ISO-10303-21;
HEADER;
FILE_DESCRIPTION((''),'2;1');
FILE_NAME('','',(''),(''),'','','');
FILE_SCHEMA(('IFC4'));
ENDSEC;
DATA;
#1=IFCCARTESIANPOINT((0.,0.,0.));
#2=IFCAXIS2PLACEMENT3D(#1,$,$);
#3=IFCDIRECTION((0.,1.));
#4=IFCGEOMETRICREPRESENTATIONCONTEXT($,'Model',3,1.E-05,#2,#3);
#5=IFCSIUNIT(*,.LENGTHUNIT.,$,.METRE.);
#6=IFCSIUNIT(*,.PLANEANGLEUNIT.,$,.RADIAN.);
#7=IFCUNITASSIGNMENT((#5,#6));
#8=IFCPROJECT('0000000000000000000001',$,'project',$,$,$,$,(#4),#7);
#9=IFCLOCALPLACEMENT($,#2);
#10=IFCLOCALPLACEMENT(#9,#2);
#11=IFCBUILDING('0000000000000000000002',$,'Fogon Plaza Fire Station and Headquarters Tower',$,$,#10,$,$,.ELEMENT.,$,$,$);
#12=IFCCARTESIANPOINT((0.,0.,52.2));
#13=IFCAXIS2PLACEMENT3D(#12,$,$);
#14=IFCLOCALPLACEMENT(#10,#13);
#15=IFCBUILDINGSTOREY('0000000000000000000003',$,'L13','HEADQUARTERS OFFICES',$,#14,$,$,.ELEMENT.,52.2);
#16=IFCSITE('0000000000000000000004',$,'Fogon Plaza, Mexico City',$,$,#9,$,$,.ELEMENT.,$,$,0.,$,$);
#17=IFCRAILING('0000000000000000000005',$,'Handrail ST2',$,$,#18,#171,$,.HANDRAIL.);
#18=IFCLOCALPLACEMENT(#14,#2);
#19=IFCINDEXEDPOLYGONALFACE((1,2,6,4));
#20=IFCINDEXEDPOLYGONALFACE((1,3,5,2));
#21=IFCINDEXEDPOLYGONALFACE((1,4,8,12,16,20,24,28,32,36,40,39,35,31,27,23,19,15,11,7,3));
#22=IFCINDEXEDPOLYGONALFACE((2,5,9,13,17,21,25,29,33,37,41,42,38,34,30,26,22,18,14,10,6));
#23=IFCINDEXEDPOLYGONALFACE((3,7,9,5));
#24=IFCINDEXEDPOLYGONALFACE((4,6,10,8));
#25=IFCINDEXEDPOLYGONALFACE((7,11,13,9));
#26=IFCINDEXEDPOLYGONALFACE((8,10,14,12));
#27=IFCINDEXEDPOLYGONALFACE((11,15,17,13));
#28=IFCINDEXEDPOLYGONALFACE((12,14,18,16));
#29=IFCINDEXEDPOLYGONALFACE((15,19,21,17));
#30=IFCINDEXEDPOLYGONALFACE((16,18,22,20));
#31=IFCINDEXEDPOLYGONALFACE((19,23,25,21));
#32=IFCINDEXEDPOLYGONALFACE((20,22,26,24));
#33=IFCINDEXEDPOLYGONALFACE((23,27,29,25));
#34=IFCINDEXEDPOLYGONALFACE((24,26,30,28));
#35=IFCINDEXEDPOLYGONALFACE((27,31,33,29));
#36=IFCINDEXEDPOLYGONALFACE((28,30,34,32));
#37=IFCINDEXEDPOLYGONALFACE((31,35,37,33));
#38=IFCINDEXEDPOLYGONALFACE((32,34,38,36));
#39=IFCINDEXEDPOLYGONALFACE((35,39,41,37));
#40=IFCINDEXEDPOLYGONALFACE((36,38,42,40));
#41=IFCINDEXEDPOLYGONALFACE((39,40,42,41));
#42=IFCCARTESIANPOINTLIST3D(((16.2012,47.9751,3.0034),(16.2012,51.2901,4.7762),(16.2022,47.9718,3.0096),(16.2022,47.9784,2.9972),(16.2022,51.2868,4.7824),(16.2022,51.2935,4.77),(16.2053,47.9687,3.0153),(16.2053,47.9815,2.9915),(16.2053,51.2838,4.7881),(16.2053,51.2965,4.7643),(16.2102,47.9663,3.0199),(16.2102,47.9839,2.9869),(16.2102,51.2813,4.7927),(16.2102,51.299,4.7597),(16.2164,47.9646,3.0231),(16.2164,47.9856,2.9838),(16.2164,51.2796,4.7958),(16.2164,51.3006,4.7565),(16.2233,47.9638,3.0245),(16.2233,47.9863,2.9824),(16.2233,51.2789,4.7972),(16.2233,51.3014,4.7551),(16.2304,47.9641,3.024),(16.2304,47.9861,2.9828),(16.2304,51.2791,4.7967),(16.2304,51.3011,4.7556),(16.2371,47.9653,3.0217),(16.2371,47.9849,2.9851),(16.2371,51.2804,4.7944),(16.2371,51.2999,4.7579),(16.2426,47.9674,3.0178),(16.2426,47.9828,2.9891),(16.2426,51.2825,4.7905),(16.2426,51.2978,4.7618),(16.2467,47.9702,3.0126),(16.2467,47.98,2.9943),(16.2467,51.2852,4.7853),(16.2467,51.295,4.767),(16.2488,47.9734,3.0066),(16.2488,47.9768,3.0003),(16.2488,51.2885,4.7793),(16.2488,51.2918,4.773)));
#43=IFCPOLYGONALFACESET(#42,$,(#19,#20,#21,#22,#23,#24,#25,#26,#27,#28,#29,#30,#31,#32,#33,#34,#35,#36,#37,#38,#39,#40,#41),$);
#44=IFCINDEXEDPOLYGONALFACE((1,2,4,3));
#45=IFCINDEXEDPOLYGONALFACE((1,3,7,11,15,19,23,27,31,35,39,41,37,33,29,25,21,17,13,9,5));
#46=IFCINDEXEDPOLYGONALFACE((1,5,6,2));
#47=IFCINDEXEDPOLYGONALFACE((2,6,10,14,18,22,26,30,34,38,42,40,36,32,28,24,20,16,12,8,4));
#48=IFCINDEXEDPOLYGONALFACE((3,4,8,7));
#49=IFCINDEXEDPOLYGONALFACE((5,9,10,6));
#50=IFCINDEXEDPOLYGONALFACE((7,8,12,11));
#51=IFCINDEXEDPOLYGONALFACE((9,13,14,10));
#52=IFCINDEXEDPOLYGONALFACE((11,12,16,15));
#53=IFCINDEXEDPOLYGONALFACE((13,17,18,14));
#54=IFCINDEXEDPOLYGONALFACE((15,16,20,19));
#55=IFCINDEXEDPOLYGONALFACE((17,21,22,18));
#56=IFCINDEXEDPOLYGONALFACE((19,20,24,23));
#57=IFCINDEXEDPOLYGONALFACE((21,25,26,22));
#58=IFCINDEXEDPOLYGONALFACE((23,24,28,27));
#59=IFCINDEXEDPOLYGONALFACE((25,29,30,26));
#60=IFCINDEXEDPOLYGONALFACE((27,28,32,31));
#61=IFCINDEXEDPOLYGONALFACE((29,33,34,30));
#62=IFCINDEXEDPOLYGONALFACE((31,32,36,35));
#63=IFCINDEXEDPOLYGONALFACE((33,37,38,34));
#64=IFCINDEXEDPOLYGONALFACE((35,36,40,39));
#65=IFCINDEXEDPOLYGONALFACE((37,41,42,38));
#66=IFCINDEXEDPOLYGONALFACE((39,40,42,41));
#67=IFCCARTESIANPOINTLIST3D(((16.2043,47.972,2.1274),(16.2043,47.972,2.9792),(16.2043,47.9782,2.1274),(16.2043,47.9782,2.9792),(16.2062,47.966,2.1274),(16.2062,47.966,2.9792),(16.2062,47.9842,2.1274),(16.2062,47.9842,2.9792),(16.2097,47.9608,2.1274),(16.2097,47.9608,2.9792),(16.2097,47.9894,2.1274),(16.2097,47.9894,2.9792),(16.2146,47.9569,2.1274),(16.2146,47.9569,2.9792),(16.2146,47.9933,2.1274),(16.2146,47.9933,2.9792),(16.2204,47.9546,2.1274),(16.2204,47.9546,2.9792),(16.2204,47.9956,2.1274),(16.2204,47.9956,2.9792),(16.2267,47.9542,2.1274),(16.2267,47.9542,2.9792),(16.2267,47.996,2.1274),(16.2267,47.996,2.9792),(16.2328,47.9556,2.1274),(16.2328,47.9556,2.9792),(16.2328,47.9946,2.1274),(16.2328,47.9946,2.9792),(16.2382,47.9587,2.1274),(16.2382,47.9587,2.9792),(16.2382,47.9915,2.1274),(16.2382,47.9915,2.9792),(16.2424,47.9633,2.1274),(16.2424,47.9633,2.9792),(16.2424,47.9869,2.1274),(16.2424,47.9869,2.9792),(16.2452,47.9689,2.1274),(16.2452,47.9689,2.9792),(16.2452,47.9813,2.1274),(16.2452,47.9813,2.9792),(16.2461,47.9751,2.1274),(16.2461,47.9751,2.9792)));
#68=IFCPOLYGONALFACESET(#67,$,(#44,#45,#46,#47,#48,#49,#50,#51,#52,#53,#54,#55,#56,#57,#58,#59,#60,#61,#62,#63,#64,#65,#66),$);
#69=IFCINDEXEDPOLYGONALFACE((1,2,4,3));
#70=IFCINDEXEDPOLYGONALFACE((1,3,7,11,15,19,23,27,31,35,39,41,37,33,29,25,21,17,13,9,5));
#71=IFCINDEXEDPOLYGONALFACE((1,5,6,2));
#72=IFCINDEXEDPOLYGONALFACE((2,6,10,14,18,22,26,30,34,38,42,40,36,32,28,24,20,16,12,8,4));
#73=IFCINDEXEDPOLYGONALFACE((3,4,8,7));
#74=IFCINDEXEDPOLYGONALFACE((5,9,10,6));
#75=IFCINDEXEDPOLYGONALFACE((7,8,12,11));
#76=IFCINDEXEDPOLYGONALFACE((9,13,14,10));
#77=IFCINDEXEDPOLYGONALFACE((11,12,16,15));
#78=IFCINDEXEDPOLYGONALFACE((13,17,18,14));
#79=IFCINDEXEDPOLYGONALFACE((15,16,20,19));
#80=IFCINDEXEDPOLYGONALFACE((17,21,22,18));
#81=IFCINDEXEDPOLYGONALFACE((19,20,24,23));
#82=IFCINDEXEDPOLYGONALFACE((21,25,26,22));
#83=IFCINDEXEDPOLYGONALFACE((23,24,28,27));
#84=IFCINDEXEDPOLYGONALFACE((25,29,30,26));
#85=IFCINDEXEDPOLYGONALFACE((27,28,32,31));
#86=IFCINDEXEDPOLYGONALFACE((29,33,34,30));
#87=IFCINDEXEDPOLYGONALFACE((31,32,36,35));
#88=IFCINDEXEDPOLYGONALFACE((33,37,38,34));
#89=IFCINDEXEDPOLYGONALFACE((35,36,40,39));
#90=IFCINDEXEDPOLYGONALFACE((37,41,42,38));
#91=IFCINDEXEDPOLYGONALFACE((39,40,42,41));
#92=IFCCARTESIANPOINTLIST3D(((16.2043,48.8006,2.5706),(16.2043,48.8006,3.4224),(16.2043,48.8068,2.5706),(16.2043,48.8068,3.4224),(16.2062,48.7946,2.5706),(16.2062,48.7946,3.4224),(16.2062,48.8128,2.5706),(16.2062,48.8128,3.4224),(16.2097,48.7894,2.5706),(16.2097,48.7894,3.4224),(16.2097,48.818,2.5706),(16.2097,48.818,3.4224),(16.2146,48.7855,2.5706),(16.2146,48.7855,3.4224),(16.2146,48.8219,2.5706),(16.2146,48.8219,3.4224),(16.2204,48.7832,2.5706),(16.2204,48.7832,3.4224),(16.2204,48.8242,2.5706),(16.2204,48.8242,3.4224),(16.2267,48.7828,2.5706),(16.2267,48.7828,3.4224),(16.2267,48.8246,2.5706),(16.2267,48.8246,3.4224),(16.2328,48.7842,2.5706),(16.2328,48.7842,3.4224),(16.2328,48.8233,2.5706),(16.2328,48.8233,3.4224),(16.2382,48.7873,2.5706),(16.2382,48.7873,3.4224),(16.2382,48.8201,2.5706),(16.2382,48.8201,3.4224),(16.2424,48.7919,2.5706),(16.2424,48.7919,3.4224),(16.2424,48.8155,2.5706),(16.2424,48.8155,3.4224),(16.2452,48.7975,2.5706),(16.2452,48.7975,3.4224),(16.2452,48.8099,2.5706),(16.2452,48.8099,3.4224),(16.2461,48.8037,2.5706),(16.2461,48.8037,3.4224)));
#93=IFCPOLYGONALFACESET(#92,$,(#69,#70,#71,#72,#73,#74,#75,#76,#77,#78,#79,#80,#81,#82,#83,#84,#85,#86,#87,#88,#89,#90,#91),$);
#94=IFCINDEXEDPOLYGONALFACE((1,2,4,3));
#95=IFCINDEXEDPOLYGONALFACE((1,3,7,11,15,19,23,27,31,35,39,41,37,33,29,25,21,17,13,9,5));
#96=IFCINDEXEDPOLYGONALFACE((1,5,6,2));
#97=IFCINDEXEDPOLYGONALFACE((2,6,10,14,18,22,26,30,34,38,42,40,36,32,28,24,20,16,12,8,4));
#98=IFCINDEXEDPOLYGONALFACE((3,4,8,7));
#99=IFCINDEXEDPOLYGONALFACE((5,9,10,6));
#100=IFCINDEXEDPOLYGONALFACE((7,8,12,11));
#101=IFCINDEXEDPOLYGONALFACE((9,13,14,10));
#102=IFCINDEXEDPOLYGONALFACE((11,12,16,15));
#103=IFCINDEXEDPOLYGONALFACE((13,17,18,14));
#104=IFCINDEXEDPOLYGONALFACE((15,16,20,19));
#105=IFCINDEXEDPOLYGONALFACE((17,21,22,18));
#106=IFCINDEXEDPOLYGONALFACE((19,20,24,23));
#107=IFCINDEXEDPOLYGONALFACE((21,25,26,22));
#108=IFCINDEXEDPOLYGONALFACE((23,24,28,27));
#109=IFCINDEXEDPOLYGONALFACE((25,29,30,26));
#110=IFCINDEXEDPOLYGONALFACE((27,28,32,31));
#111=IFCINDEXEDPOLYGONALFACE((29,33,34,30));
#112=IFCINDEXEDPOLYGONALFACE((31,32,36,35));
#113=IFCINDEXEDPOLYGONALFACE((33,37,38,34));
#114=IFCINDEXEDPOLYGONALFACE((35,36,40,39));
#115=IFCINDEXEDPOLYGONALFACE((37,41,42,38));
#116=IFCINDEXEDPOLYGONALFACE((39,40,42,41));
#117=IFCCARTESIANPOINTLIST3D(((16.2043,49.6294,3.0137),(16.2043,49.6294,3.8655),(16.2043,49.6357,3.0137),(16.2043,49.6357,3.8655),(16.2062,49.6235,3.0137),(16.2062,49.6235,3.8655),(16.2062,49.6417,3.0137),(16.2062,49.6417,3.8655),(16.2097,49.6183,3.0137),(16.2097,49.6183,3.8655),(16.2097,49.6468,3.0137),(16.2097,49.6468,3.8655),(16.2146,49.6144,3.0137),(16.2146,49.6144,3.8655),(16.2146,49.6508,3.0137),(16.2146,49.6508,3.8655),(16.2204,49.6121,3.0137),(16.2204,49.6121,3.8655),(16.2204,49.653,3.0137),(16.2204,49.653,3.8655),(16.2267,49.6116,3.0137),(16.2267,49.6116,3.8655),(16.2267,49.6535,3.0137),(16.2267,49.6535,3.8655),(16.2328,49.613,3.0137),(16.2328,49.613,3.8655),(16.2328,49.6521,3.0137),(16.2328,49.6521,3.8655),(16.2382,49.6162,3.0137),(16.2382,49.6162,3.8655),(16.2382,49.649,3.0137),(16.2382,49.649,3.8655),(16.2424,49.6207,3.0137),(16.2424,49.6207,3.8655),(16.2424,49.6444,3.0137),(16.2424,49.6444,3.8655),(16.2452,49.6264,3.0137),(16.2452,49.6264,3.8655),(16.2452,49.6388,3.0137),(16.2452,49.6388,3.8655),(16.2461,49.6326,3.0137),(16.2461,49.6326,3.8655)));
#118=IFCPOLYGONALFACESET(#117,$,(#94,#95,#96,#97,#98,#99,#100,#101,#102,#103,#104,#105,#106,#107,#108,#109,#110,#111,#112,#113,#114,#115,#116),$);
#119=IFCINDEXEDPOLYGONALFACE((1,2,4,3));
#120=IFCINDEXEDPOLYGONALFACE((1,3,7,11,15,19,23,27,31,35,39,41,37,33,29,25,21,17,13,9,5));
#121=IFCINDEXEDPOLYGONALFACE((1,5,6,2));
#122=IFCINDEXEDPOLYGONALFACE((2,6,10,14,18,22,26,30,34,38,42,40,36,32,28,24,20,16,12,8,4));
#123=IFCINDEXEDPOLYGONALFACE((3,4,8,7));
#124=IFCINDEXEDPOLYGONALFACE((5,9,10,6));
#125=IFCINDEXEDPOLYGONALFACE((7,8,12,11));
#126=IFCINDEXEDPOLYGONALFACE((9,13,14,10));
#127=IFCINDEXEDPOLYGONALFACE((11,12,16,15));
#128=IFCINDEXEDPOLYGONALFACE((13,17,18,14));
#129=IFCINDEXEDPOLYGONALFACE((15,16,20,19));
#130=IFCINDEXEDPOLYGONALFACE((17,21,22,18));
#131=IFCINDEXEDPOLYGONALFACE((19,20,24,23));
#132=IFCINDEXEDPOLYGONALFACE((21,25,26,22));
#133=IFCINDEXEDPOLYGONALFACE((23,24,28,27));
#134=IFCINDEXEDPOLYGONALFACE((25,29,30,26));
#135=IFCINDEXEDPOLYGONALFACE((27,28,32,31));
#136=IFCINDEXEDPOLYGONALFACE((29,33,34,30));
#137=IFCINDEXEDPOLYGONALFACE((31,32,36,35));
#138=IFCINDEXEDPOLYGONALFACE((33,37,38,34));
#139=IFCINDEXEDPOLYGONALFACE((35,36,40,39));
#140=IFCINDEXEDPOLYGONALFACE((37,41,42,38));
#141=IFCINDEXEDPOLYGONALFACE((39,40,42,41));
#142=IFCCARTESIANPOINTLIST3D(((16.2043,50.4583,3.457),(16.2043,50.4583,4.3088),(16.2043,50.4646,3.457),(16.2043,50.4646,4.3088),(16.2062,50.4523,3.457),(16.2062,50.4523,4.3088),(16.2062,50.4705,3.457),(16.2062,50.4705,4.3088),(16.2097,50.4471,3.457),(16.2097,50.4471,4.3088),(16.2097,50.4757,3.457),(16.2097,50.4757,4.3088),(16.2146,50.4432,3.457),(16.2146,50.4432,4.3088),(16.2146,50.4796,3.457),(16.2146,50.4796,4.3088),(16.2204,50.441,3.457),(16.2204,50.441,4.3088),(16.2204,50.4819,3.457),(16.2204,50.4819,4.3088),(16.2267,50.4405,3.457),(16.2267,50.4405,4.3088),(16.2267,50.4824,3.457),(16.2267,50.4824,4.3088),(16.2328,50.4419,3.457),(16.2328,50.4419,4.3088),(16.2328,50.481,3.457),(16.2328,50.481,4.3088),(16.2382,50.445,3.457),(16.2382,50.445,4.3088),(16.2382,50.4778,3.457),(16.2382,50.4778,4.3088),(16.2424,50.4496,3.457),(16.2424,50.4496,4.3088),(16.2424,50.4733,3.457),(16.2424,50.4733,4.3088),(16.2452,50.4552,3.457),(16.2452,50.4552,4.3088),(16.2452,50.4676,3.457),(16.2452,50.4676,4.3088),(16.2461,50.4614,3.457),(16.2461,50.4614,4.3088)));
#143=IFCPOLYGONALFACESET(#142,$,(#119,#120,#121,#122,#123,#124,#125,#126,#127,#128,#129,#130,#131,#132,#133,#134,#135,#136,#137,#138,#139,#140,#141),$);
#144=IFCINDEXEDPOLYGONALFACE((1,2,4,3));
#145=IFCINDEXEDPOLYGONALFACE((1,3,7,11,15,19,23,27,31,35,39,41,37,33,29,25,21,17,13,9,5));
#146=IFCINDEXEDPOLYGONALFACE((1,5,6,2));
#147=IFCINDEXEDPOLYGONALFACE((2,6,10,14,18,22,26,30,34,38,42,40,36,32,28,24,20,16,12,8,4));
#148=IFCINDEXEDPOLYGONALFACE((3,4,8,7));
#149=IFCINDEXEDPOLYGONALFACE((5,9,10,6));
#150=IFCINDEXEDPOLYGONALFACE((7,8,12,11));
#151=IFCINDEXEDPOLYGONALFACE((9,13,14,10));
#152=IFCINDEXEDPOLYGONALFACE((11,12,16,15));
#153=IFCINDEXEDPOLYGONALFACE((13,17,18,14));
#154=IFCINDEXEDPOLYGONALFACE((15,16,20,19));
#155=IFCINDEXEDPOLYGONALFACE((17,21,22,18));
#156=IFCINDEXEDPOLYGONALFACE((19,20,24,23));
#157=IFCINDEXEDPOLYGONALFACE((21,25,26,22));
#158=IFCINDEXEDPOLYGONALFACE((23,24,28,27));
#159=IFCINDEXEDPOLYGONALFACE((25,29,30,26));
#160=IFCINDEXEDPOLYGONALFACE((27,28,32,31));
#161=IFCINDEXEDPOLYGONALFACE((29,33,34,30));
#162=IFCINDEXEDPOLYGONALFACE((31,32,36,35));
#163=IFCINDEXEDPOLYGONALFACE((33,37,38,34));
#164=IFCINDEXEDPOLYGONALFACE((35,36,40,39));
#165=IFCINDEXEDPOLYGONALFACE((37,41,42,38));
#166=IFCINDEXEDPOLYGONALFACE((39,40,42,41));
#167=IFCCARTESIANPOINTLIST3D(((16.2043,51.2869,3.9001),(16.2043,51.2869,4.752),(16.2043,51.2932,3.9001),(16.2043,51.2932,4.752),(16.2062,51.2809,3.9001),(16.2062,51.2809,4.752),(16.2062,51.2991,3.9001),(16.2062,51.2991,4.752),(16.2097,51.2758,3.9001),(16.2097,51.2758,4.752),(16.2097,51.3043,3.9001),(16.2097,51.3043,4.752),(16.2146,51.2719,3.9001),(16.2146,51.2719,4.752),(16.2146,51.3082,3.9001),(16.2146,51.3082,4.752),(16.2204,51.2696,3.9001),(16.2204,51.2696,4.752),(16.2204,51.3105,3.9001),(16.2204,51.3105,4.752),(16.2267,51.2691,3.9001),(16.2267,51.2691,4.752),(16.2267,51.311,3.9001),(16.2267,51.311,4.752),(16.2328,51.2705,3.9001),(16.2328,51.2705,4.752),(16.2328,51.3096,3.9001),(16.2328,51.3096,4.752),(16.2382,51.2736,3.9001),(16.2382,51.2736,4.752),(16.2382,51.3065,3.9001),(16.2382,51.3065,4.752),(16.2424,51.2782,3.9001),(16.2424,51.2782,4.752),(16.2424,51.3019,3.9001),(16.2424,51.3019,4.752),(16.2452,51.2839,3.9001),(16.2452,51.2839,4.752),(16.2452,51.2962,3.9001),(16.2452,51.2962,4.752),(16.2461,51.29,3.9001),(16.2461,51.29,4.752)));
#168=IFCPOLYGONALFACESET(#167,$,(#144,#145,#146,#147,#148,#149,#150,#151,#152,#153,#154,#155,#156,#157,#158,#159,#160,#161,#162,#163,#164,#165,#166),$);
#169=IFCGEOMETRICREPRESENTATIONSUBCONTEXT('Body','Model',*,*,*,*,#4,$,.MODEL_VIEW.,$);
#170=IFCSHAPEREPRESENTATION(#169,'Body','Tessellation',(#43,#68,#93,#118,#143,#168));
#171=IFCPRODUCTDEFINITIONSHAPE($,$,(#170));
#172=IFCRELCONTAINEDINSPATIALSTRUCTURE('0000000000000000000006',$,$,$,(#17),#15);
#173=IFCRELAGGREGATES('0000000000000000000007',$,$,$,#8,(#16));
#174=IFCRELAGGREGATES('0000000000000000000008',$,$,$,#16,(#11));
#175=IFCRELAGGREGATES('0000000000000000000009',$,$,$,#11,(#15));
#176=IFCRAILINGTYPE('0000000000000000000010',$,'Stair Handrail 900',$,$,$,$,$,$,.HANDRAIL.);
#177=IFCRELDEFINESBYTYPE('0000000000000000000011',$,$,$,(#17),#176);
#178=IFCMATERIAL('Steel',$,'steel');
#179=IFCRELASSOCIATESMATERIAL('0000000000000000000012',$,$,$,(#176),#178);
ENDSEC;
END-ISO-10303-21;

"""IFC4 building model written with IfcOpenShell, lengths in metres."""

from ifc_helpers import new_model, si_unit, direction, frame, origin, origin_2d, place, context, subcontext, project, spatial, circle, extrude, material, type_object, element, save


model = new_model("IFC4")

# Units and contexts
model_context = context("Model", 3, precision=1e-05, world=origin(), true_north=direction((0.0, 1.0)))
body_context = subcontext(model_context, "Body", "Model", "MODEL_VIEW")
ifc_project = project(units=[si_unit("LENGTHUNIT", "METRE"), si_unit("PLANEANGLEUNIT", "RADIAN")], contexts=[model_context])

# Site, building, storey
site_placement = place(None, origin())
site = spatial("IfcSite", under=ifc_project, at=site_placement, Name="Fogon Plaza, Mexico City", CompositionType="ELEMENT", RefElevation=0.0)
building_placement = place(site_placement, origin())
building = spatial("IfcBuilding", under=site, at=building_placement, Name="Fogon Plaza Fire Station and Headquarters Tower", CompositionType="ELEMENT")
storey_placement = place(building_placement, frame((0.0, 0.0, 52.2)))
storey = spatial("IfcBuildingStorey", under=building, at=storey_placement, Name="L13", Description="HEADQUARTERS OFFICES", CompositionType="ELEMENT", Elevation=52.2)

# Railing
ifc_material_1 = material(Name="Steel", Category="steel")
railing_type = type_object("IfcRailingType", Name="Stair Handrail 900", PredefinedType="HANDRAIL", material=ifc_material_1)
for number, where, name in (
    (1, (16.2251, 47.9751, 2.1274), "Handrail ST2"),
):
    element("IfcRailing", number, at=place(storey_placement, frame(where)), inside=storey, type_object=railing_type, Name=name, PredefinedType="HANDRAIL", context=body_context, shape_type="SweptSolid", body=[
        extrude(circle(Radius=0.0239, at=origin_2d()), frame((0.0, 0.0, 0.876), z_axis=(0.0, 0.881829, 0.471569), x_axis=(-1.0, 0.0, 0.0)), (0.0, 0.0, 1.0), 3.7593),
        extrude(circle(Radius=0.021, at=origin_2d()), origin(), (0.0, 0.0, 1.0), 0.8518),
        extrude(circle(Radius=0.021, at=origin_2d()), frame((0.0, 0.8286, 0.4431)), (0.0, 0.0, 1.0), 0.8518),
        extrude(circle(Radius=0.021, at=origin_2d()), frame((0.0, 1.6575, 0.8862)), (0.0, 0.0, 1.0), 0.8518),
        extrude(circle(Radius=0.021, at=origin_2d()), frame((0.0, 2.4863, 1.3296)), (0.0, 0.0, 1.0), 0.8518),
        extrude(circle(Radius=0.021, at=origin_2d()), frame((0.0, 3.3149, 1.7727)), (0.0, 0.0, 1.0), 0.8518),
    ])

save(model, "model.ifc")
